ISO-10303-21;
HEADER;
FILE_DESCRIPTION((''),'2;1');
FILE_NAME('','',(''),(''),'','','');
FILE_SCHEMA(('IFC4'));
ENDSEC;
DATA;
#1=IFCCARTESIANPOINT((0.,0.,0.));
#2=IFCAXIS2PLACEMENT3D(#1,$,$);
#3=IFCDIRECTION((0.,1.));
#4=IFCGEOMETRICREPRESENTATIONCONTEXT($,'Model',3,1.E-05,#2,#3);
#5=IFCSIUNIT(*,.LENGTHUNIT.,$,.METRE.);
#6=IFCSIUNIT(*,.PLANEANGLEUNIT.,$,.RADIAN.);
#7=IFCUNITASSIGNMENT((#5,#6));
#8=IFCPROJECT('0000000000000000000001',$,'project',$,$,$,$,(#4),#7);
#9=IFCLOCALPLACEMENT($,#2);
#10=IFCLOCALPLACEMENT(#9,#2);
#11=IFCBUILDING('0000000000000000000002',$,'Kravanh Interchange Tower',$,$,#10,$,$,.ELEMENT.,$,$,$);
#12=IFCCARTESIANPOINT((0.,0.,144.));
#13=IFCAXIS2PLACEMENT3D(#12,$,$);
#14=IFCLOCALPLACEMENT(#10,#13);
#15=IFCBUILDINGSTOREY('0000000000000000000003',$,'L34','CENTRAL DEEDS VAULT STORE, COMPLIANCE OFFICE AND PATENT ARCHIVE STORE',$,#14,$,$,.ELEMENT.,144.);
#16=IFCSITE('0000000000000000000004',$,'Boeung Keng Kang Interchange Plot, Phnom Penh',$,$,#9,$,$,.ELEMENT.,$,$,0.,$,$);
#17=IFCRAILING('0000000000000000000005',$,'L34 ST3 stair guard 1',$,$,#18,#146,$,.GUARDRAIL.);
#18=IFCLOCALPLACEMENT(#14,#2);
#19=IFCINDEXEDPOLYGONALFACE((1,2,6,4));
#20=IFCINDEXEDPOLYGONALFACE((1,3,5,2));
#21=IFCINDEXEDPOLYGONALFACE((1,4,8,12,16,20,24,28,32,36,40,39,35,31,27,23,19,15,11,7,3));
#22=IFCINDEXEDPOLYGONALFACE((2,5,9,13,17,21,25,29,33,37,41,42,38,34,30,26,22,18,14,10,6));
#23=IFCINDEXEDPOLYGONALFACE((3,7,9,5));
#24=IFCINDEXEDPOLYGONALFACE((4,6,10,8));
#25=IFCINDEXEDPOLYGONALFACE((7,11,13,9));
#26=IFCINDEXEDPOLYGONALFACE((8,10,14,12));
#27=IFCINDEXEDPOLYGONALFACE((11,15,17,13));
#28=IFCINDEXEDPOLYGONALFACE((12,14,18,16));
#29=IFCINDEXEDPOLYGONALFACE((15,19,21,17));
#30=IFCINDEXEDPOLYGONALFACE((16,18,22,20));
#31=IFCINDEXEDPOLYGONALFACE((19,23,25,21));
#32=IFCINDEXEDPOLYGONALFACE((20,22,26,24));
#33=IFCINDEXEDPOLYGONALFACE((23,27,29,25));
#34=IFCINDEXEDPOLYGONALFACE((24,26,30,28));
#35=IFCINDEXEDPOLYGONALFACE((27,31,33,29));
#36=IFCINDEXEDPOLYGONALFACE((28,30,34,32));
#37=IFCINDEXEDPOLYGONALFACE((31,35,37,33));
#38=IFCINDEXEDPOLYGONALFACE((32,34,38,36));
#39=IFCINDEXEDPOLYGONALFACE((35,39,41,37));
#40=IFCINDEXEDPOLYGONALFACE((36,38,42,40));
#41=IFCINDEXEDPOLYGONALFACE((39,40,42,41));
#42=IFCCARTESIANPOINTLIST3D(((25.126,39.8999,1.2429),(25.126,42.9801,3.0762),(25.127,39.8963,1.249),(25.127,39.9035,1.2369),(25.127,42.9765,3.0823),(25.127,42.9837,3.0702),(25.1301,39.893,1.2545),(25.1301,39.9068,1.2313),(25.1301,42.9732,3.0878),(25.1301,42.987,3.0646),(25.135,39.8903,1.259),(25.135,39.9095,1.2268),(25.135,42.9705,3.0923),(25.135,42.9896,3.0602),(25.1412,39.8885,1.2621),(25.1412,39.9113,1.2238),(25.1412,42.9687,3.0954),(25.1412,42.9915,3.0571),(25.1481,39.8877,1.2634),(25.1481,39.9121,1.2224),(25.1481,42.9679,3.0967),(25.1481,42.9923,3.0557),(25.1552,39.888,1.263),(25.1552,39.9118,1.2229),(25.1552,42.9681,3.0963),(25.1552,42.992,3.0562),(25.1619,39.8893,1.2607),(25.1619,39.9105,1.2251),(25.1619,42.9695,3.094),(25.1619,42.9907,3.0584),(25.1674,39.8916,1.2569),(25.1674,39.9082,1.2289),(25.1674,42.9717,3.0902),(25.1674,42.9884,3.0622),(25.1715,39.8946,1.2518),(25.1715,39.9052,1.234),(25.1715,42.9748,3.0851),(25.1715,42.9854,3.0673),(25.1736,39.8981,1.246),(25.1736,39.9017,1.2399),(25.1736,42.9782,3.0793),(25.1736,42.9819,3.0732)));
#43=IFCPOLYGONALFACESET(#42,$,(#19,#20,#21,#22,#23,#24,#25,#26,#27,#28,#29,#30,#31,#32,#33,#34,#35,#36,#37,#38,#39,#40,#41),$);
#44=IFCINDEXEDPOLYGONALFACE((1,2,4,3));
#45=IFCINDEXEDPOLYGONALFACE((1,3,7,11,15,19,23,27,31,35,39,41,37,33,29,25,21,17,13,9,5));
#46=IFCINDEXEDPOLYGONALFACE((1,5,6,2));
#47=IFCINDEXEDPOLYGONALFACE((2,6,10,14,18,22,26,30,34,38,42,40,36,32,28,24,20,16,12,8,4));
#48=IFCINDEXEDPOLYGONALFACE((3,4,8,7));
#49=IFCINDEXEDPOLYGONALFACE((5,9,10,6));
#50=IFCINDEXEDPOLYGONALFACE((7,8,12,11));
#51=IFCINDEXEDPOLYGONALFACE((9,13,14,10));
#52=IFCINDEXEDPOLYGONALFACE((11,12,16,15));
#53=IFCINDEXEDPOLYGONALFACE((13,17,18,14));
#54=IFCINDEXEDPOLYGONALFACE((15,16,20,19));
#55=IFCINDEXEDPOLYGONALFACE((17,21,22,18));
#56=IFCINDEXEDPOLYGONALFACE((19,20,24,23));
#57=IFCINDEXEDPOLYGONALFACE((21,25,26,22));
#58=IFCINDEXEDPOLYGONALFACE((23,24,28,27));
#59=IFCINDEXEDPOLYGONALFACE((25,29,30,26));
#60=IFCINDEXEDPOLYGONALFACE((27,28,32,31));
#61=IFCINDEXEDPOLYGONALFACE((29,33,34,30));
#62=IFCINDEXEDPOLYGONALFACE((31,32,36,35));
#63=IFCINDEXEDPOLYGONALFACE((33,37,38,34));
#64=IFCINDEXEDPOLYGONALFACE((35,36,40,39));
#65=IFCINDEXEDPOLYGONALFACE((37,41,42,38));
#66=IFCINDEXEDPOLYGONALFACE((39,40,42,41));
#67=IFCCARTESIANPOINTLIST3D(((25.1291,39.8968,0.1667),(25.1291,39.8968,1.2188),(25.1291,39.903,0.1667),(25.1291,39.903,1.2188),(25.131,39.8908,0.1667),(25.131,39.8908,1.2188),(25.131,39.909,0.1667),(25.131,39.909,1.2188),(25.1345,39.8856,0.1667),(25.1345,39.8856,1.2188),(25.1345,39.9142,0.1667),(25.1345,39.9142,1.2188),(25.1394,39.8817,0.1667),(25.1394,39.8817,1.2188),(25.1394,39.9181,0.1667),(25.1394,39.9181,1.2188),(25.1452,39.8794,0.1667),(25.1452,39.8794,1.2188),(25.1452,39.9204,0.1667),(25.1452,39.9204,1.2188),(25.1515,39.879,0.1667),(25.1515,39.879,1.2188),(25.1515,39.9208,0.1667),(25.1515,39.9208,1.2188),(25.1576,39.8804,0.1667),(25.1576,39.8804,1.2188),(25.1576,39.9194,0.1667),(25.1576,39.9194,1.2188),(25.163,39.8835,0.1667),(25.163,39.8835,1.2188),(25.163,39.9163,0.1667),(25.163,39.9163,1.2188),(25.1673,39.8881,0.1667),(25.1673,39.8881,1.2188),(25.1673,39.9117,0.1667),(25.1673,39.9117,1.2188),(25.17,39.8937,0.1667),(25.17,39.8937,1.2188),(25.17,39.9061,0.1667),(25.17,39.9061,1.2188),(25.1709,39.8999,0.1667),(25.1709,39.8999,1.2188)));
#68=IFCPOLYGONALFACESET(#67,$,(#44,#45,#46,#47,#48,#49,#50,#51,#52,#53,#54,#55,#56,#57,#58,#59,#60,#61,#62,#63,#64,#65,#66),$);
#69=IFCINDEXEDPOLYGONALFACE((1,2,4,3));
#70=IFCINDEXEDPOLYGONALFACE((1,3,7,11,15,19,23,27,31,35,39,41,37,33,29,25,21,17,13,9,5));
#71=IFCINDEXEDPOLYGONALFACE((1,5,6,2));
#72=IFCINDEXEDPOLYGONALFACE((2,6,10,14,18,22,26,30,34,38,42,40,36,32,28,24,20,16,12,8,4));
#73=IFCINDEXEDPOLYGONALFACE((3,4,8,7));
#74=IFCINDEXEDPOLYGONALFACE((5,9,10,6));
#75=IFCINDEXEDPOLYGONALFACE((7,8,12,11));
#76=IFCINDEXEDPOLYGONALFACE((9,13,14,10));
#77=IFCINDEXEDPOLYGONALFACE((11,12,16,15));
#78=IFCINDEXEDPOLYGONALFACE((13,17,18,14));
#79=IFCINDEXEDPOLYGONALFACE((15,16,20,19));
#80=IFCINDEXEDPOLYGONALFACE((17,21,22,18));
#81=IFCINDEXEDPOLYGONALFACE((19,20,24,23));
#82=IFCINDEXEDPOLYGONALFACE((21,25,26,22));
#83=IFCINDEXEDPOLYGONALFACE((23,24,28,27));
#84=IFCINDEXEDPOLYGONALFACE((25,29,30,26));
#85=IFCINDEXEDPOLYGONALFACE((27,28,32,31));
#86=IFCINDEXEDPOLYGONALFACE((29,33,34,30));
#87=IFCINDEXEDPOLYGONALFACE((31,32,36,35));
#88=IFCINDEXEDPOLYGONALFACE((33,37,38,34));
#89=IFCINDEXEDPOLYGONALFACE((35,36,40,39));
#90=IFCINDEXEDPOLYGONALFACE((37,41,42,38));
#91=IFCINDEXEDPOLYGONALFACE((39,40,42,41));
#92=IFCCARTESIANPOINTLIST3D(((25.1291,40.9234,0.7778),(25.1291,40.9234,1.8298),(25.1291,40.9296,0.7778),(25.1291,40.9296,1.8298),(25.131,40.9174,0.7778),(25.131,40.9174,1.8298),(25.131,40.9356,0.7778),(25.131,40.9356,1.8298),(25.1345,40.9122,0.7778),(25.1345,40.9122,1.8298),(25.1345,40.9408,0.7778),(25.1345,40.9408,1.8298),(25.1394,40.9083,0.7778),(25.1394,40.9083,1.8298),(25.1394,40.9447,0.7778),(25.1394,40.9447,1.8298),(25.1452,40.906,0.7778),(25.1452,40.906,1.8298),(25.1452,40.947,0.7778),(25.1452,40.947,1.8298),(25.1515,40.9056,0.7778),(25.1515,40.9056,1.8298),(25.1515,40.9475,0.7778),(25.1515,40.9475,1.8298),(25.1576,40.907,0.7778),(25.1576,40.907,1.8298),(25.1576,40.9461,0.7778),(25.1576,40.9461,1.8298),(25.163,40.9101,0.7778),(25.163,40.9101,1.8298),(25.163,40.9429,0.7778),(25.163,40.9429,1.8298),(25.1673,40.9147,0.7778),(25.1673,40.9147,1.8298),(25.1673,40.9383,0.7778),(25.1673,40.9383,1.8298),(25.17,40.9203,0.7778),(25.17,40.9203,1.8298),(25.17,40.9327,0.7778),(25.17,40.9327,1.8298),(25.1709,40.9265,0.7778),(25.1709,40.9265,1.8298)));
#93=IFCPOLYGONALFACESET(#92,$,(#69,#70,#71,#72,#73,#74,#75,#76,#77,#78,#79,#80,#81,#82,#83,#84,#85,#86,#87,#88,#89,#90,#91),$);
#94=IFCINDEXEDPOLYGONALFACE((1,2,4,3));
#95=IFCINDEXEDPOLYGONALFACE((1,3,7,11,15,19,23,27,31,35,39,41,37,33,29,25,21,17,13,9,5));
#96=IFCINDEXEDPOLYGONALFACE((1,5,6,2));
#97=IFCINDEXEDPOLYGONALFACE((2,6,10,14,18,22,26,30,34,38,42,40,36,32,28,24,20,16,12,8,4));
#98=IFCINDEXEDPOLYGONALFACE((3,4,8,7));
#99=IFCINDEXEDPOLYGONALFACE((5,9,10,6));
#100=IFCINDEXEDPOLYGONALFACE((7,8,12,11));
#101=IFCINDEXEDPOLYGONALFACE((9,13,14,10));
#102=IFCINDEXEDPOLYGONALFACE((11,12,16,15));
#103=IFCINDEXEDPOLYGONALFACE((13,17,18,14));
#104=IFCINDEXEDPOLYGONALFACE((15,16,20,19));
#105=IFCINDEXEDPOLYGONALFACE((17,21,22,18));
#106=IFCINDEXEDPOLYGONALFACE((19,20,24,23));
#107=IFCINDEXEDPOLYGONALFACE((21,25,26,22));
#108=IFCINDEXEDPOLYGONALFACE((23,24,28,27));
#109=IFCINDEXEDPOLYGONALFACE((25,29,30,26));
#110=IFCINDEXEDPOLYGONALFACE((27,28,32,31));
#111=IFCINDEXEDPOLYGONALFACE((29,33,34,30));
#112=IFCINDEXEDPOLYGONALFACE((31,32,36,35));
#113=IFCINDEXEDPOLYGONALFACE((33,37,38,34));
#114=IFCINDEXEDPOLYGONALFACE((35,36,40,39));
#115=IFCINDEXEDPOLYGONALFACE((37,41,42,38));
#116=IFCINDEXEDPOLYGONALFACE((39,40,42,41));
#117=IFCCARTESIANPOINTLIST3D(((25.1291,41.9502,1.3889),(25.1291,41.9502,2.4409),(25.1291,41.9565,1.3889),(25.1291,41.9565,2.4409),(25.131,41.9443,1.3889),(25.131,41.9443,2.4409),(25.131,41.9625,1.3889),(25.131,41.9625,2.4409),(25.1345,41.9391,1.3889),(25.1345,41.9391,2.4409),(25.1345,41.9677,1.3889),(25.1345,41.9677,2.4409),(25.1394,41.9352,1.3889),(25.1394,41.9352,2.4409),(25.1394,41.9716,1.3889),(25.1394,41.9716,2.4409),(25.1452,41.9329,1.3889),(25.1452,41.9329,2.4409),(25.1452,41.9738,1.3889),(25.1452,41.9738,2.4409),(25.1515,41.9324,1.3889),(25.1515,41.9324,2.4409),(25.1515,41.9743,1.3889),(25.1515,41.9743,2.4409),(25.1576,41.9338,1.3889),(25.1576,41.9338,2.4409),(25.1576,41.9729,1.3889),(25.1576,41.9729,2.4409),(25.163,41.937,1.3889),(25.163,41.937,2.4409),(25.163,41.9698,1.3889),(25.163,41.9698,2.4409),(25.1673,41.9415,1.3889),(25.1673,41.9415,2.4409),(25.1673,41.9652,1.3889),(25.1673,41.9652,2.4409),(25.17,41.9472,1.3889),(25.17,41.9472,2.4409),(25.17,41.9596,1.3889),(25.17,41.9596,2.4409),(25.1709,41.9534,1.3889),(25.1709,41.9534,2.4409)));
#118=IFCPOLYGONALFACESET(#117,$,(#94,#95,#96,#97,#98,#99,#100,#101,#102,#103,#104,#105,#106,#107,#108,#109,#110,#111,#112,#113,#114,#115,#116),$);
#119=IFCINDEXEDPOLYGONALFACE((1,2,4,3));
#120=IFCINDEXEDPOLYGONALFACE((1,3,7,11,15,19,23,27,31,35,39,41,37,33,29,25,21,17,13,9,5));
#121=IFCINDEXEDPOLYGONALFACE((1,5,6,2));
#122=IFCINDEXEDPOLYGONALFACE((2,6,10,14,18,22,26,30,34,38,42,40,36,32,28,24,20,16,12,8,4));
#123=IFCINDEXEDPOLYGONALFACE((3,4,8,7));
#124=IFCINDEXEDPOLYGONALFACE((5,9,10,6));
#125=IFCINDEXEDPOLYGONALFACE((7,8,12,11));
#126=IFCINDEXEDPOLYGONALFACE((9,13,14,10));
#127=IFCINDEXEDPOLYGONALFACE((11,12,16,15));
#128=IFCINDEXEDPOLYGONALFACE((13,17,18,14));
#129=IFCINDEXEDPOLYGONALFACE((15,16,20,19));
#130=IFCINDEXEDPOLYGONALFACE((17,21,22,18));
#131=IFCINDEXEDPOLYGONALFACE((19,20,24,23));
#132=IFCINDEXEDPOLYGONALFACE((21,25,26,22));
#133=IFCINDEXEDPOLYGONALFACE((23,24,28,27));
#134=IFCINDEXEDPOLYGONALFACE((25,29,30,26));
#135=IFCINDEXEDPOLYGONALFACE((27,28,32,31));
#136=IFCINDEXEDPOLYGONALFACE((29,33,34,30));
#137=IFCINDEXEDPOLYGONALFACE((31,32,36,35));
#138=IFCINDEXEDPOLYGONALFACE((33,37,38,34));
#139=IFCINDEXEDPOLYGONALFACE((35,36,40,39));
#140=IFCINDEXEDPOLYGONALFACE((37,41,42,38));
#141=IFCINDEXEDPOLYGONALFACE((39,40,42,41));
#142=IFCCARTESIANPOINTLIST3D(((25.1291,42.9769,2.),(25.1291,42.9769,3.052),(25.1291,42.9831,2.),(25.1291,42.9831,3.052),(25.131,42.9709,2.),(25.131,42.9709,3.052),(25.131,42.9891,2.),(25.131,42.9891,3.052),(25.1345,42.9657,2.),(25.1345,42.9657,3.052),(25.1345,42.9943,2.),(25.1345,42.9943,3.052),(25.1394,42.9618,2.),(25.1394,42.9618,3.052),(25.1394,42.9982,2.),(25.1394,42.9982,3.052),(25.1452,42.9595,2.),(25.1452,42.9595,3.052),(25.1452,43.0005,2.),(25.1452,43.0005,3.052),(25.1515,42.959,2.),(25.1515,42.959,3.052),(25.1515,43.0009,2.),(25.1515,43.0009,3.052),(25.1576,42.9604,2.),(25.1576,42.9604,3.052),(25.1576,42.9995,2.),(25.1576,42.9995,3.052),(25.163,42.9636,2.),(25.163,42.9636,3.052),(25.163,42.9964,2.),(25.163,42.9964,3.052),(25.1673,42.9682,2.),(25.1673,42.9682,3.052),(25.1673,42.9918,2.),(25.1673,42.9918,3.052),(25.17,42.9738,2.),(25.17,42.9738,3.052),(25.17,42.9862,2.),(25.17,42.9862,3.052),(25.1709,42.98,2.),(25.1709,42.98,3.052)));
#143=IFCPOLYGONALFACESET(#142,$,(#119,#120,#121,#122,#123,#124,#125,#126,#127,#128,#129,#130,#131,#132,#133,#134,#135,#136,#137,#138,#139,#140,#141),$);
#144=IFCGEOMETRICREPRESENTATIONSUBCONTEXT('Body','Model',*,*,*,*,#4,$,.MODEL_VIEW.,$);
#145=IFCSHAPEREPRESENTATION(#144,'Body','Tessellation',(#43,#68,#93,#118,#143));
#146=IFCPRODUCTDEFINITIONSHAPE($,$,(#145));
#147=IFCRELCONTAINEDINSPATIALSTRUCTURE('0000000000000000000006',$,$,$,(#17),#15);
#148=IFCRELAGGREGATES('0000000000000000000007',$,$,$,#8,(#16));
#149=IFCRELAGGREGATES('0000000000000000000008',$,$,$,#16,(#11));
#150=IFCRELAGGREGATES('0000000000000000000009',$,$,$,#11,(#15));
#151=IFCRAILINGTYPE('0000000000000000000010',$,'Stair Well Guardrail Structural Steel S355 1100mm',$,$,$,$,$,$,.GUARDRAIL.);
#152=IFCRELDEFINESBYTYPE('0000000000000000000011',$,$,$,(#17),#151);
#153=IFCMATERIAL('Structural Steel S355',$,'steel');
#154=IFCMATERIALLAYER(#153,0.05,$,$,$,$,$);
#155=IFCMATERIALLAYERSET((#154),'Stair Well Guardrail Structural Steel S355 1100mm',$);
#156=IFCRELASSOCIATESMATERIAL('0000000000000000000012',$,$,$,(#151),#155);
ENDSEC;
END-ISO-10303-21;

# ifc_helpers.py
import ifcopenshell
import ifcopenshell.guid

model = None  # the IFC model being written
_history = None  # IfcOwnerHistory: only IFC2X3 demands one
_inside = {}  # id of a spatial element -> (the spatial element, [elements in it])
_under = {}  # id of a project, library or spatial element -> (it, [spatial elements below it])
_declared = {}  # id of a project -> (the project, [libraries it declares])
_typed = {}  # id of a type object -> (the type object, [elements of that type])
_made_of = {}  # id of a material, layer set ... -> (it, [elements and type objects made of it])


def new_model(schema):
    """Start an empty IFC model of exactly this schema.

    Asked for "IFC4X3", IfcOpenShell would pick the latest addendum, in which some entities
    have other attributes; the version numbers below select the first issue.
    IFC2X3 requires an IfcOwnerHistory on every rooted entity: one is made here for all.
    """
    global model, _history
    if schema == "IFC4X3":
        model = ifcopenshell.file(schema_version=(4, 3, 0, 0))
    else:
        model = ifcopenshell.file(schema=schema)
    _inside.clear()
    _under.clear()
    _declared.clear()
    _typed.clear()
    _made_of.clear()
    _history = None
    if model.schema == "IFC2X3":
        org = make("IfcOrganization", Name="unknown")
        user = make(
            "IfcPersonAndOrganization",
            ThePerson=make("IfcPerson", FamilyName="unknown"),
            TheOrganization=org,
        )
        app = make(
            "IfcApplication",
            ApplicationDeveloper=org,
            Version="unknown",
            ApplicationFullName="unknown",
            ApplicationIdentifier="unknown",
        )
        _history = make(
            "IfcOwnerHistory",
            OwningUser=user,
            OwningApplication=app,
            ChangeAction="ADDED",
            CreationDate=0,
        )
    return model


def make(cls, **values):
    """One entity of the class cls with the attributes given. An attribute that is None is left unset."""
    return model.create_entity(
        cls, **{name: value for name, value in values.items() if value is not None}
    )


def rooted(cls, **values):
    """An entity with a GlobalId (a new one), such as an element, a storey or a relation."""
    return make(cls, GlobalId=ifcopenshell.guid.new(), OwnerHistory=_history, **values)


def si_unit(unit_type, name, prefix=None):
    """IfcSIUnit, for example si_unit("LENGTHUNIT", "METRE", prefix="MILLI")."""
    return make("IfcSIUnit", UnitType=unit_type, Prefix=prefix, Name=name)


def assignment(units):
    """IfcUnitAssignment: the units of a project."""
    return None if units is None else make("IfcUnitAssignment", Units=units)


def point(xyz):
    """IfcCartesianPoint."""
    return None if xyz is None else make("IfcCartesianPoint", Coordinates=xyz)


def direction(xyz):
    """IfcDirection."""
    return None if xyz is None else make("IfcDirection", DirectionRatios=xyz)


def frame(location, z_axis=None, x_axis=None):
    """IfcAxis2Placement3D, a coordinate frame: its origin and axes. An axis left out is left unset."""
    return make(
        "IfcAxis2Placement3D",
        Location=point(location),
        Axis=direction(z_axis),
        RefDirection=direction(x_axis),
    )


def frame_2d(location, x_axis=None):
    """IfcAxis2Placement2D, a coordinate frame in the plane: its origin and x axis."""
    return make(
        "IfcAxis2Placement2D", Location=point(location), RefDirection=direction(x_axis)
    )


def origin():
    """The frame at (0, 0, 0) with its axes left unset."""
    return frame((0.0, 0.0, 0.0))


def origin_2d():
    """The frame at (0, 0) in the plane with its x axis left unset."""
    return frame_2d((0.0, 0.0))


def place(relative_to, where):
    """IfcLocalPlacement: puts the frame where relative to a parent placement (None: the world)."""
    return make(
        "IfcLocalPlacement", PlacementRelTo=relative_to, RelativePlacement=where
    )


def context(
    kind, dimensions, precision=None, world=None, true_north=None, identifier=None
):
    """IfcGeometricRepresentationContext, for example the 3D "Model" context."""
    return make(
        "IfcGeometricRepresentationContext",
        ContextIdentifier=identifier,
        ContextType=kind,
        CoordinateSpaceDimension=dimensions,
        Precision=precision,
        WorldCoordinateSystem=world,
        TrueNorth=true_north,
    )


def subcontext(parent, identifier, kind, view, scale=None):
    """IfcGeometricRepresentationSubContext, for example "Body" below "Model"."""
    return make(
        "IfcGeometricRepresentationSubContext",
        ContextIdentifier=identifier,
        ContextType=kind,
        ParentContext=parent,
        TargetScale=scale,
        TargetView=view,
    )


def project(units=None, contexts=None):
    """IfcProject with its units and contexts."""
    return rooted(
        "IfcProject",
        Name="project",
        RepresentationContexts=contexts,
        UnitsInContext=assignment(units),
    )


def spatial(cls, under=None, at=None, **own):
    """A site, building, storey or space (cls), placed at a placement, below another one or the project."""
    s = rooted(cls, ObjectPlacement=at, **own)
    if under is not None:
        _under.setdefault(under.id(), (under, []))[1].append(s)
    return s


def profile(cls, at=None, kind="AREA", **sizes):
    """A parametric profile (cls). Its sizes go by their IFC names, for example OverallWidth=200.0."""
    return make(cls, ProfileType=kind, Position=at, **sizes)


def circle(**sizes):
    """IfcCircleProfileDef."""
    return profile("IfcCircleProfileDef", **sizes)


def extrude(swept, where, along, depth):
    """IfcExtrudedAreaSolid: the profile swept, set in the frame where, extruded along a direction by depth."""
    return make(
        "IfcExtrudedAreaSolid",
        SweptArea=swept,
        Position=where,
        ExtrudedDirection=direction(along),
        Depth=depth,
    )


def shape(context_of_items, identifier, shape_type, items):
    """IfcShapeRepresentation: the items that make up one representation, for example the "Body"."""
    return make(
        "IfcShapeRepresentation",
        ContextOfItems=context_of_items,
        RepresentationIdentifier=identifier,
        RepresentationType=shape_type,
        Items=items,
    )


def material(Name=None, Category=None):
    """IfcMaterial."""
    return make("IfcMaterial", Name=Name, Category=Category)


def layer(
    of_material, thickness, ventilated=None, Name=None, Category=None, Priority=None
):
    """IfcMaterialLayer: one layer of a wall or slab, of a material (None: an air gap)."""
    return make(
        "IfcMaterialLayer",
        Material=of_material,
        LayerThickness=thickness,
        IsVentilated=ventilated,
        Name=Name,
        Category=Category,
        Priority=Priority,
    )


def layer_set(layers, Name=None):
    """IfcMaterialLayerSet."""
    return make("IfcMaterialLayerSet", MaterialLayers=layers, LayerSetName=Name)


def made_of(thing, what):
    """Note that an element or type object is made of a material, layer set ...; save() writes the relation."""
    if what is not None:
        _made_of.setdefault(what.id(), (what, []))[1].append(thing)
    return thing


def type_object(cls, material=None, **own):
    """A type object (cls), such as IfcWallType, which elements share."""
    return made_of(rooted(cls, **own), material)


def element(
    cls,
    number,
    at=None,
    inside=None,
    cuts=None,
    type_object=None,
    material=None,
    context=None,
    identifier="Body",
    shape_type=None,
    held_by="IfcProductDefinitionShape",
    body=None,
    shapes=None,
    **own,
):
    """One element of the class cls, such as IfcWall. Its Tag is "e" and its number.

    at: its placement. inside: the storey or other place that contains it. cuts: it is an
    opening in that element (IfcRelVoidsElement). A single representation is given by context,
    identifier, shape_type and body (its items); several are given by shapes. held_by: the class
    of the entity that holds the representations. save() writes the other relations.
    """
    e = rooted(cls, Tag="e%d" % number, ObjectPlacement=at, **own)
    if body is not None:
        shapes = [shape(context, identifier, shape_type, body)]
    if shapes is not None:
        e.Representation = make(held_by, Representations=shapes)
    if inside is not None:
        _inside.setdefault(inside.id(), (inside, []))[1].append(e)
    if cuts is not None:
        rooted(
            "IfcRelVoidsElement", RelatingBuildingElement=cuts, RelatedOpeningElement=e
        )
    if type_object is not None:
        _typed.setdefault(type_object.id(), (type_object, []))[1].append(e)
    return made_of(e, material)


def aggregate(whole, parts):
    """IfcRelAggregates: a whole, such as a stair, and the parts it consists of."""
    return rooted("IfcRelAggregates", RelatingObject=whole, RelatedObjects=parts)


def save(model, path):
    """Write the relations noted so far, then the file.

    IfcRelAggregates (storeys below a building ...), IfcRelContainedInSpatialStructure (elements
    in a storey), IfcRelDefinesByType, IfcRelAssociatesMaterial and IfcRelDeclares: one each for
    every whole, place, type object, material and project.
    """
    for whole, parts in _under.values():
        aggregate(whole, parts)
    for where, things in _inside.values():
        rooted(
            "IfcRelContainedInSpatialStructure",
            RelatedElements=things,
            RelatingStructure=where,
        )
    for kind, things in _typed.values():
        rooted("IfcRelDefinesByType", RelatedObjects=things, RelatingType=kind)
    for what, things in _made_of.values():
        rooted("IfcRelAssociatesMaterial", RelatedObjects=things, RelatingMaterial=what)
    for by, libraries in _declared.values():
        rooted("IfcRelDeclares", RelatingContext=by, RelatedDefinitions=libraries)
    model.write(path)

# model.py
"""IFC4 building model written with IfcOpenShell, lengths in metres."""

from ifc_helpers import new_model, si_unit, direction, frame, origin, origin_2d, place, context, subcontext, project, spatial, circle, extrude, material, layer, layer_set, type_object, element, save


model = new_model("IFC4")

# Units and contexts
model_context = context("Model", 3, precision=1e-05, world=origin(), true_north=direction((0.0, 1.0)))
body_context = subcontext(model_context, "Body", "Model", "MODEL_VIEW")
ifc_project = project(units=[si_unit("LENGTHUNIT", "METRE"), si_unit("PLANEANGLEUNIT", "RADIAN")], contexts=[model_context])

# Site, building, storey
site_placement = place(None, origin())
site = spatial("IfcSite", under=ifc_project, at=site_placement, Name="Boeung Keng Kang Interchange Plot, Phnom Penh", CompositionType="ELEMENT", RefElevation=0.0)
building_placement = place(site_placement, origin())
building = spatial("IfcBuilding", under=site, at=building_placement, Name="Kravanh Interchange Tower", CompositionType="ELEMENT")
storey_placement = place(building_placement, frame((0.0, 0.0, 144.0)))
storey = spatial("IfcBuildingStorey", under=building, at=storey_placement, Name="L34", Description="CENTRAL DEEDS VAULT STORE, COMPLIANCE OFFICE AND PATENT ARCHIVE STORE", CompositionType="ELEMENT", Elevation=144.0)

# Railing
ifc_material_1 = material(Name="Structural Steel S355", Category="steel")
ifc_layer_1 = layer(ifc_material_1, 0.05)
ifc_layer_set_1 = layer_set([ifc_layer_1], Name="Stair Well Guardrail Structural Steel S355 1100mm")
railing_type_1 = type_object("IfcRailingType", Name="Stair Well Guardrail Structural Steel S355 1100mm", PredefinedType="GUARDRAIL", material=ifc_layer_set_1)
railing_1_placement = place(storey_placement, frame((25.1499, 39.8999, 0.1667)))
element("IfcRailing", 1, at=railing_1_placement, inside=storey, type_object=railing_type_1, Name="L34 ST3 stair guard 1", PredefinedType="GUARDRAIL", context=body_context, shape_type="SweptSolid", body=[
    extrude(circle(Radius=0.0239, at=origin_2d()), frame((0.0, 0.0, 1.0762), z_axis=(0.0, 0.859309, 0.511458), x_axis=(-1.0, 0.0, 0.0)), (0.0, 0.0, 1.0), 3.5845),
    extrude(circle(Radius=0.021, at=origin_2d()), origin(), (0.0, 0.0, 1.0), 1.052),
    extrude(circle(Radius=0.021, at=origin_2d()), frame((0.0, 1.0266, 0.6111)), (0.0, 0.0, 1.0), 1.052),
    extrude(circle(Radius=0.021, at=origin_2d()), frame((0.0, 2.0535, 1.2222)), (0.0, 0.0, 1.0), 1.052),
    extrude(circle(Radius=0.021, at=origin_2d()), frame((0.0, 3.0801, 1.8333)), (0.0, 0.0, 1.0), 1.052),
])

save(model, "model.ifc")
